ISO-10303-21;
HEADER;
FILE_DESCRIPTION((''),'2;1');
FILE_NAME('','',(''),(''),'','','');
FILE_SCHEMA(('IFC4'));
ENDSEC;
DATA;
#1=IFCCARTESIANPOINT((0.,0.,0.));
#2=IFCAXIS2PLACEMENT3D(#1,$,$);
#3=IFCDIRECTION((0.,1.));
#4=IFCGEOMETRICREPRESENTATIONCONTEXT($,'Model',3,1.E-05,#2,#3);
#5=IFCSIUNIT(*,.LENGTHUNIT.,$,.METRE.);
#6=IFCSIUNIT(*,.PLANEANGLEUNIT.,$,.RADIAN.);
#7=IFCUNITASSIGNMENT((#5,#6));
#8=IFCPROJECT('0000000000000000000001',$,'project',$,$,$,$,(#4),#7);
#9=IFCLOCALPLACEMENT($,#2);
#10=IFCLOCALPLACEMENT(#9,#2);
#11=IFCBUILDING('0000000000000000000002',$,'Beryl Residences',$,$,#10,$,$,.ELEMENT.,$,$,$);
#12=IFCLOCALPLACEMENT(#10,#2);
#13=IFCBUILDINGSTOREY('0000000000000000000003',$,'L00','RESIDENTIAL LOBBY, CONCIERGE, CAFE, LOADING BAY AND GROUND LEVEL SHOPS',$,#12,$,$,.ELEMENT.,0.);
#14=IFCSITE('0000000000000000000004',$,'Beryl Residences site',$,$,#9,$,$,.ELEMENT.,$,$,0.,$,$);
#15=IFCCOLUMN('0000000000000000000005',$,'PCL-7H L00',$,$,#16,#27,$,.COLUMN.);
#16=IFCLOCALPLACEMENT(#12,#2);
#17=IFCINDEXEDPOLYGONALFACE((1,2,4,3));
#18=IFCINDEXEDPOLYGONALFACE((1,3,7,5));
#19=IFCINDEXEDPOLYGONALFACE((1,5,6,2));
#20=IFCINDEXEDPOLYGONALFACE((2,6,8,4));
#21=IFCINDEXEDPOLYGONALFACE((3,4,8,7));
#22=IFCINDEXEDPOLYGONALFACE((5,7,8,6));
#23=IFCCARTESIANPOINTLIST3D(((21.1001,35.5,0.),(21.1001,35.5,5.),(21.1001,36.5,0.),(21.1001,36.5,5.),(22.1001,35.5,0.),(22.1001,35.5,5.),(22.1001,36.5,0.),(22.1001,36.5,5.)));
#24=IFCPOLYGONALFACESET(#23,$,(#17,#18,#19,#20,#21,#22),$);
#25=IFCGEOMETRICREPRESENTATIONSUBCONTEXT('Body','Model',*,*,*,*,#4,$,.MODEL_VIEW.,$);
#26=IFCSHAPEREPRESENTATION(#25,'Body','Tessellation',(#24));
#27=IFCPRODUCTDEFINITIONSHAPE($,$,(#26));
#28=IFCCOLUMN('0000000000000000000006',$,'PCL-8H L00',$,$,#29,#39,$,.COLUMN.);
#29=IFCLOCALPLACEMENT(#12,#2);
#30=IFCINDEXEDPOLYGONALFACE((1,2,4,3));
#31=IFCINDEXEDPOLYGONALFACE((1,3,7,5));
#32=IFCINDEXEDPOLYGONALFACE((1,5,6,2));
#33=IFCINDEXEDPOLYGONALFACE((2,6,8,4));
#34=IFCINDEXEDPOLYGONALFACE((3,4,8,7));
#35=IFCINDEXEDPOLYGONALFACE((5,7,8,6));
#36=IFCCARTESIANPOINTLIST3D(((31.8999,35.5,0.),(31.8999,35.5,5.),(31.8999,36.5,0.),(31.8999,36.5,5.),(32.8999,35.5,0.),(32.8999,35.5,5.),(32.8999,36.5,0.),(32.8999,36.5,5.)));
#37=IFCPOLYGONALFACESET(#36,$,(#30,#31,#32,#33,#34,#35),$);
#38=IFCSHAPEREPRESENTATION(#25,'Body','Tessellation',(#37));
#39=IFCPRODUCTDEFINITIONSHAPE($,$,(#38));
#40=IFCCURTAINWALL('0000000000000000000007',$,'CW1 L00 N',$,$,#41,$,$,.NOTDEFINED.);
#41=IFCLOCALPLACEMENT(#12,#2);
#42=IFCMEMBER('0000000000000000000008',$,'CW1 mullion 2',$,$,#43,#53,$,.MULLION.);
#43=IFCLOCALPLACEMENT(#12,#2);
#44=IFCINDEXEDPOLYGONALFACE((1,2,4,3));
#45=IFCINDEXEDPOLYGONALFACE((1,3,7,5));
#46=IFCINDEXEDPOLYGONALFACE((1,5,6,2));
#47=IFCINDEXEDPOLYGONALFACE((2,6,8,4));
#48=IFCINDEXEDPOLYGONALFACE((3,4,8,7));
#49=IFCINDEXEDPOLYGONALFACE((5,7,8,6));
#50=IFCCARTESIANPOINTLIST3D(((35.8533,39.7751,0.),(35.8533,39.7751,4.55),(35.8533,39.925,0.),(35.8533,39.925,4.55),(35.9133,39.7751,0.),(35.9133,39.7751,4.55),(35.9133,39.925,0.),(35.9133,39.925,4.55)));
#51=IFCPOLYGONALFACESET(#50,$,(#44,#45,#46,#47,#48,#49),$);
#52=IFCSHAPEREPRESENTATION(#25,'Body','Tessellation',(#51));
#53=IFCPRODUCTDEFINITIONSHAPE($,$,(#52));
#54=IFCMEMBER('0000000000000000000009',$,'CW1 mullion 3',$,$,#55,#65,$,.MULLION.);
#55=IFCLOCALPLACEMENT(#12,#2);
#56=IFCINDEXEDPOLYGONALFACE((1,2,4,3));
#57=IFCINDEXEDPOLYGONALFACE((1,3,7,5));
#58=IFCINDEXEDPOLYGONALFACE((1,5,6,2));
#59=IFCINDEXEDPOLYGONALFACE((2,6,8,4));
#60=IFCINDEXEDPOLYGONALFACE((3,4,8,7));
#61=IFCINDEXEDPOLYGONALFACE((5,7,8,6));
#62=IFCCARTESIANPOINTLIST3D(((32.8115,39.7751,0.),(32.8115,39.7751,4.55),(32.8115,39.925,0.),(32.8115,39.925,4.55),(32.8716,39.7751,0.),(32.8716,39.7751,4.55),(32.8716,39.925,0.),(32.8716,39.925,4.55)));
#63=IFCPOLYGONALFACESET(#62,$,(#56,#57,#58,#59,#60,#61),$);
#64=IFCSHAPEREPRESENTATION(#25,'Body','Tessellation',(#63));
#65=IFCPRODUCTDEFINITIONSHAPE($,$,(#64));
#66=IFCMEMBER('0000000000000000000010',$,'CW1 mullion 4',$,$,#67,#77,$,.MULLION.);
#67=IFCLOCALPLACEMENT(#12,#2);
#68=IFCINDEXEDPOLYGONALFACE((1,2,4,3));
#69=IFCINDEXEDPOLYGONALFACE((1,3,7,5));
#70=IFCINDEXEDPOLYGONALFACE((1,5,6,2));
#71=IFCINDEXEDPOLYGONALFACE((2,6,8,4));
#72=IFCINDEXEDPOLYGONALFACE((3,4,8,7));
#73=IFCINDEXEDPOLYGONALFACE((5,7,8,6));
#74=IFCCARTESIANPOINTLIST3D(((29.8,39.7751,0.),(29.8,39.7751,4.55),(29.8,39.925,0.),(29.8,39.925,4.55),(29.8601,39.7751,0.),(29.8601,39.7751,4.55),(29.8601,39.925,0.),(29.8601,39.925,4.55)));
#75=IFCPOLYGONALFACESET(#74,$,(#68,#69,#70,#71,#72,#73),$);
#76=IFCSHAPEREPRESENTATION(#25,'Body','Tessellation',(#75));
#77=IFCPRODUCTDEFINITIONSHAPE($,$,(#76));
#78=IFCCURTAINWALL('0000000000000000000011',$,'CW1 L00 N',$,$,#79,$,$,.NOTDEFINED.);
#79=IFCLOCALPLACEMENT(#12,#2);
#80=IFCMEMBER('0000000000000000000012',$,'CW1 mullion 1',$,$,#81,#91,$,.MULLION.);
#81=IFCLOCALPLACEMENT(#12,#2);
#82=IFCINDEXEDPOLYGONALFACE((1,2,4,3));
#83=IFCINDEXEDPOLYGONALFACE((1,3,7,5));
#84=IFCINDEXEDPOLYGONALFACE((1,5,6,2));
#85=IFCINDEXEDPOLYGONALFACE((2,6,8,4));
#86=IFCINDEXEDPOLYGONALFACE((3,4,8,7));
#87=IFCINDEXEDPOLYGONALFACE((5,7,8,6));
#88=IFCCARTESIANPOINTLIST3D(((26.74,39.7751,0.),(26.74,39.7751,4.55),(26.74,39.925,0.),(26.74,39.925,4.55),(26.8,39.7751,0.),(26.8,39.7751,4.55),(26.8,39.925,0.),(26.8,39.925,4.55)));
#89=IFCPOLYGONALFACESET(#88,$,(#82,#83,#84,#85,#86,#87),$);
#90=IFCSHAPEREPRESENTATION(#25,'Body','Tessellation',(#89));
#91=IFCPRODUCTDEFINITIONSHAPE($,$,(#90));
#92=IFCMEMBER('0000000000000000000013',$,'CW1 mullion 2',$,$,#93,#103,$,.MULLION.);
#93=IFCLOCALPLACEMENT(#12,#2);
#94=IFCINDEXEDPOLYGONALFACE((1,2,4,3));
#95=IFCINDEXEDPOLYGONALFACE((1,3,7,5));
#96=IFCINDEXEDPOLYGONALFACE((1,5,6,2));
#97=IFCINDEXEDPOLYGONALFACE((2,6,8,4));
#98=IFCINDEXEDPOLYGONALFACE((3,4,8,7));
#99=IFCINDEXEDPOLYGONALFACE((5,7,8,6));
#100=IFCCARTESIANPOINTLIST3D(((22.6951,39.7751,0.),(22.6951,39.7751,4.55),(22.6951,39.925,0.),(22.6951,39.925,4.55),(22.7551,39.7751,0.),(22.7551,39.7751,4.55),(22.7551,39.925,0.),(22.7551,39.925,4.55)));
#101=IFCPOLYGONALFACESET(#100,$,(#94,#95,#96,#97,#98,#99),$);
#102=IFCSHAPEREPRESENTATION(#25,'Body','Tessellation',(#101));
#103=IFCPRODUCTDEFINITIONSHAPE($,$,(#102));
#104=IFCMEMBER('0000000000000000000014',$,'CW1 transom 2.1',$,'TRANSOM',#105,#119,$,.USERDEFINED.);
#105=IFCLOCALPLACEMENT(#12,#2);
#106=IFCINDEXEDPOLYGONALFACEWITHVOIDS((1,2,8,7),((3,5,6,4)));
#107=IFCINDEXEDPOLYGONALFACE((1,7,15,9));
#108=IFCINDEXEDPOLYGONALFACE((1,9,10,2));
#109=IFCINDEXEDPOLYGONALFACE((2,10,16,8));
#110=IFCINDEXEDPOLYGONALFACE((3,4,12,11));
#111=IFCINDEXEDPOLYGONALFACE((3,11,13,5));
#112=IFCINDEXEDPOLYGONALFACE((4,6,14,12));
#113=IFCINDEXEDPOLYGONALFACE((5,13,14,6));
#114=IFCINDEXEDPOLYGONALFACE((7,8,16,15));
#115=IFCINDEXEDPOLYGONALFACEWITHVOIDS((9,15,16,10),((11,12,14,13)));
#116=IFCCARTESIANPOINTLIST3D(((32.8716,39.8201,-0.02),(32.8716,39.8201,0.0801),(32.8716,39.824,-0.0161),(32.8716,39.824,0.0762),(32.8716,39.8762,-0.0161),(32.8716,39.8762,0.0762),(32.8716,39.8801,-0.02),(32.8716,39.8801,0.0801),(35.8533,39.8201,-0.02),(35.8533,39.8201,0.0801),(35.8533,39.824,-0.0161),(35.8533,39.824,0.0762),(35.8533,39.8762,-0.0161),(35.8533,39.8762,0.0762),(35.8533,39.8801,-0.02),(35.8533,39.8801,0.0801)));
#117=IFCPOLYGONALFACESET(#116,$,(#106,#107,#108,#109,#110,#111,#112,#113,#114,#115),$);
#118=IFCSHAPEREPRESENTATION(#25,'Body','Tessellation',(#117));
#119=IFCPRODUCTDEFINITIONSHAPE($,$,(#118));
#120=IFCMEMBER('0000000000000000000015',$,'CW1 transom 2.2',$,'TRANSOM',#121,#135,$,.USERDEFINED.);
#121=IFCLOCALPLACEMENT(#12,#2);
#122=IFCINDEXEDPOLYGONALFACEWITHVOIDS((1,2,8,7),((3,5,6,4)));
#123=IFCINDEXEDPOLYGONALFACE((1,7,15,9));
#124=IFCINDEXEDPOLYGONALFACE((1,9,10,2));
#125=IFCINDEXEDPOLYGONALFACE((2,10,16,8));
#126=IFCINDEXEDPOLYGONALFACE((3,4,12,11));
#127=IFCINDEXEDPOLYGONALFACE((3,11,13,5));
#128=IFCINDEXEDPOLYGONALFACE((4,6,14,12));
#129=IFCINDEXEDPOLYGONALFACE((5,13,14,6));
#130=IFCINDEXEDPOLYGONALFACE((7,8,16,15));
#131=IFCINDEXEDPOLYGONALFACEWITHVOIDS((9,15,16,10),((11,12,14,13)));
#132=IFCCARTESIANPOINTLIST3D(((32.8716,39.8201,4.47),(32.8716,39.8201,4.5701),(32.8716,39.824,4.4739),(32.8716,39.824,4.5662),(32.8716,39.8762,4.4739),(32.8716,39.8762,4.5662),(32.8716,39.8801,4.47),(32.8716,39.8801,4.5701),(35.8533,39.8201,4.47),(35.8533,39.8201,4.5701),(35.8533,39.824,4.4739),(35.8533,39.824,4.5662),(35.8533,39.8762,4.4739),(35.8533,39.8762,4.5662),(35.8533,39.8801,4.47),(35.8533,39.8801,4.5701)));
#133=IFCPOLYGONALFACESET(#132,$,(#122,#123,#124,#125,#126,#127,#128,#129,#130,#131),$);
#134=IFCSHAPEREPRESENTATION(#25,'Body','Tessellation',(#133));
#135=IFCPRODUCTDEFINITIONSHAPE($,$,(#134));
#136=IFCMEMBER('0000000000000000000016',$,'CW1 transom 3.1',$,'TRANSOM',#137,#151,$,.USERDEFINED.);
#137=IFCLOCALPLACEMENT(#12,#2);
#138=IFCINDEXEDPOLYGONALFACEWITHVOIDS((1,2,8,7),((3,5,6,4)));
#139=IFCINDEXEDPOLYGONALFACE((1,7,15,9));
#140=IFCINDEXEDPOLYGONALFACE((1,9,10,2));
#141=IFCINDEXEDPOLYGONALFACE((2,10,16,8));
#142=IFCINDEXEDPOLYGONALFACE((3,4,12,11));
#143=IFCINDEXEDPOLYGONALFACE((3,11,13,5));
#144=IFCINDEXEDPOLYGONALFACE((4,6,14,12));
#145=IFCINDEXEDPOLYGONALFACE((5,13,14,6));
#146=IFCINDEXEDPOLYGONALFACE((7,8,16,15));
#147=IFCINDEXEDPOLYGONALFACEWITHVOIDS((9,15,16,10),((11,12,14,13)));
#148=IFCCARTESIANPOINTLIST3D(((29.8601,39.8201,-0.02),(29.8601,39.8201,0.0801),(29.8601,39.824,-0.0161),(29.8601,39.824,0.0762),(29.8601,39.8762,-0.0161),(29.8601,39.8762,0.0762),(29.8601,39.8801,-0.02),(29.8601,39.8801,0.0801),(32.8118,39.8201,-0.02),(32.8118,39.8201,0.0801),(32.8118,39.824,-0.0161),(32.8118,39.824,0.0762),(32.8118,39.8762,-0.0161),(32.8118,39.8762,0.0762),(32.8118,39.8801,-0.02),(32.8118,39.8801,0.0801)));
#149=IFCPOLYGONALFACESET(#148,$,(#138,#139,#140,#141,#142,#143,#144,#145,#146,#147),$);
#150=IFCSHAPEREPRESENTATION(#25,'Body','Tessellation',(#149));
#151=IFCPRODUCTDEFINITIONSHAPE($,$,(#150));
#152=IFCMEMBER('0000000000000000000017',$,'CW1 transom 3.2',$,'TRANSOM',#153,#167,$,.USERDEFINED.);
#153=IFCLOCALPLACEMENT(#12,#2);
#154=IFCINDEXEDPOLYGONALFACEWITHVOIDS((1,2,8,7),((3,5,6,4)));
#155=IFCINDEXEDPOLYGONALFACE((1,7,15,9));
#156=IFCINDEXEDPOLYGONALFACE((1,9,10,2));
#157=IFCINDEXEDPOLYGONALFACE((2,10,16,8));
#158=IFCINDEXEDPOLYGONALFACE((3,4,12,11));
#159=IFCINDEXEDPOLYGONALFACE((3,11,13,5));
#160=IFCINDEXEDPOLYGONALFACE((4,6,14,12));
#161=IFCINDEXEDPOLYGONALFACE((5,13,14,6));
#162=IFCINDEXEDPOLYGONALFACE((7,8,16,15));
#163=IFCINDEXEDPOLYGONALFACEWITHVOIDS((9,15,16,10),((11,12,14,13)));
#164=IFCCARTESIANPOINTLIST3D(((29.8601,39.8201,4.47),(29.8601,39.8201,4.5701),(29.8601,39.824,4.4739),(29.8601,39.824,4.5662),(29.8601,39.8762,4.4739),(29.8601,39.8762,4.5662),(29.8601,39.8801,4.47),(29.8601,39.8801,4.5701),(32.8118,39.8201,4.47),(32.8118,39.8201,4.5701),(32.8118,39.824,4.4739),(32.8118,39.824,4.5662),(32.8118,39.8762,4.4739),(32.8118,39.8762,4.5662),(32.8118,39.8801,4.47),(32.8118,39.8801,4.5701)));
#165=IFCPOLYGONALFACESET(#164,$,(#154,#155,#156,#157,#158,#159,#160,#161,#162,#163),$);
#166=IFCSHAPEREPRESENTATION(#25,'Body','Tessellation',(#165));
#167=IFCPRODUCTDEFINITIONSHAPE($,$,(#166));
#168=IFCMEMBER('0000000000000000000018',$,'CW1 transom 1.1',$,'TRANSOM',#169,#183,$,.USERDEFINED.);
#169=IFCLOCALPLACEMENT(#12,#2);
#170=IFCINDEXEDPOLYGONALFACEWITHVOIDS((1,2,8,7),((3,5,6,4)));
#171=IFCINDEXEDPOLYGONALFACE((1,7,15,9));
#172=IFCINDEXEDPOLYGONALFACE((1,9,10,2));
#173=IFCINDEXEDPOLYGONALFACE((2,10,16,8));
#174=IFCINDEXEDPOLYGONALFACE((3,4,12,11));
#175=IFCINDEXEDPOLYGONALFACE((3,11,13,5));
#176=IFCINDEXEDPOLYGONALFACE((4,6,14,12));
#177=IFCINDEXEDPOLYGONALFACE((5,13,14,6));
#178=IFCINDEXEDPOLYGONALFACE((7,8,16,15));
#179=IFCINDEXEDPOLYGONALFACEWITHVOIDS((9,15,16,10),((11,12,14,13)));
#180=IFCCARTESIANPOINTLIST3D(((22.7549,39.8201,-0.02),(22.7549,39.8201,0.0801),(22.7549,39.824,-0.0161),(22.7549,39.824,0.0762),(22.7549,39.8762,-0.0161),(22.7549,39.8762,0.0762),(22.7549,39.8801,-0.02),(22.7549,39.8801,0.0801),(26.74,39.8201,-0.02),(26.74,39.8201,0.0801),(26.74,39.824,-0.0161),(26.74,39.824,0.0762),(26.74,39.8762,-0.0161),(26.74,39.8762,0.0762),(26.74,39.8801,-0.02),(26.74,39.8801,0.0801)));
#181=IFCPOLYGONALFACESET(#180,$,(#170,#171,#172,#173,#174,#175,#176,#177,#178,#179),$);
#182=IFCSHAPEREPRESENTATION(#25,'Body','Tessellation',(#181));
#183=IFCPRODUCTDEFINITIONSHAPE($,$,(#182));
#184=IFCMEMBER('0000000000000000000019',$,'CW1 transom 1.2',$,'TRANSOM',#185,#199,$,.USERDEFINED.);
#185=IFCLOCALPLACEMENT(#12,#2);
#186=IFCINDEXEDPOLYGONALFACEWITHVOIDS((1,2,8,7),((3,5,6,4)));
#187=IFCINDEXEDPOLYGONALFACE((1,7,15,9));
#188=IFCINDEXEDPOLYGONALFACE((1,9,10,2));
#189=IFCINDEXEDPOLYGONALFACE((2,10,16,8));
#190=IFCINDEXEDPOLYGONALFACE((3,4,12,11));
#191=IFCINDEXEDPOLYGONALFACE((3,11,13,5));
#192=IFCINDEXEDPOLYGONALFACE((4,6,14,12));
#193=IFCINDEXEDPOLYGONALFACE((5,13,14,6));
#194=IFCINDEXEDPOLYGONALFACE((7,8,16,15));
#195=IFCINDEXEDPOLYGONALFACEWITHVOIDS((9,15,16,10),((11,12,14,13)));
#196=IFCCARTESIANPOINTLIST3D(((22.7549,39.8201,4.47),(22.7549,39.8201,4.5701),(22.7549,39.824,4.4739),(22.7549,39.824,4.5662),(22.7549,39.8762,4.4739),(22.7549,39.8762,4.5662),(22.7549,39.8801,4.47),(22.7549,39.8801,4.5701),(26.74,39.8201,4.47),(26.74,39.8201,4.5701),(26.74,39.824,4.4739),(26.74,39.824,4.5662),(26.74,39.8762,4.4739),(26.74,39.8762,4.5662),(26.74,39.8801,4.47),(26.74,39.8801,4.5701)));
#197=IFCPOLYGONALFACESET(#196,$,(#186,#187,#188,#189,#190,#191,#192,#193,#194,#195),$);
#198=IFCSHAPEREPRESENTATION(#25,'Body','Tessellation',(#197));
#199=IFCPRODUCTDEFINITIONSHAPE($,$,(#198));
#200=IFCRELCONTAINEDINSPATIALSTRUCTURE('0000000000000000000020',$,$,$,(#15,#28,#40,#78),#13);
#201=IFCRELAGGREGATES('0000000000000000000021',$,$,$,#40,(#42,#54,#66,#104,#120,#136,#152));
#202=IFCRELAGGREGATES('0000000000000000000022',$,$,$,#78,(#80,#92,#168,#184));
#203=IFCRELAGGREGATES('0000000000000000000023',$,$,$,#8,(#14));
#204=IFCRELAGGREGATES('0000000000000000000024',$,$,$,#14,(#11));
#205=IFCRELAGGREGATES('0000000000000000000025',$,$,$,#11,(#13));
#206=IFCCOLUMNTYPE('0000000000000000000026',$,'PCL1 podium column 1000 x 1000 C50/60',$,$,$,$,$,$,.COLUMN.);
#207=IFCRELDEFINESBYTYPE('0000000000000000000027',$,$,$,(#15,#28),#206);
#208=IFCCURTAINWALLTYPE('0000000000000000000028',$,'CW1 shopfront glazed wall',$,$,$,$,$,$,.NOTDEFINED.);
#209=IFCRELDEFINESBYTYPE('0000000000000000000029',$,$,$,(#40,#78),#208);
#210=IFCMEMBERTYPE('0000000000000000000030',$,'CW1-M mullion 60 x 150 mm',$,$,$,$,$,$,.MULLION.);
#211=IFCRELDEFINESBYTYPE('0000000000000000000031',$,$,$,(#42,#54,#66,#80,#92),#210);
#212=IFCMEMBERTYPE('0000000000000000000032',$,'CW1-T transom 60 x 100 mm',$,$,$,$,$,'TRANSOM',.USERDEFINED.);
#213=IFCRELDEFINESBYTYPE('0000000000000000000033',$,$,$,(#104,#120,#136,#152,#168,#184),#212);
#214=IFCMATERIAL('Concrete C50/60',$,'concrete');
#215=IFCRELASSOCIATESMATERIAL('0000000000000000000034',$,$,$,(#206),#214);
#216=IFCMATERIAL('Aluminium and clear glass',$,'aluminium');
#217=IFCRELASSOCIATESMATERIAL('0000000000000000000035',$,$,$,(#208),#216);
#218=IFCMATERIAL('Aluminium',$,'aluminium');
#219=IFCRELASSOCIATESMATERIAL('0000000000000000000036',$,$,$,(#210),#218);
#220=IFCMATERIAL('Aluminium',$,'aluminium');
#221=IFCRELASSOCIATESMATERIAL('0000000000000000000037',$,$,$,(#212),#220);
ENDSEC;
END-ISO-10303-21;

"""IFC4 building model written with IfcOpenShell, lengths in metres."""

from ifc_helpers import new_model, si_unit, direction, frame, origin, origin_2d, place, context, subcontext, project, spatial, rectangle, hollow_rectangle, extrude, material, material_profile, profile_set, type_object, element, aggregate, save


model = new_model("IFC4")

# Units and contexts
model_context = context("Model", 3, precision=1e-05, world=origin(), true_north=direction((0.0, 1.0)))
body_context = subcontext(model_context, "Body", "Model", "MODEL_VIEW")
ifc_project = project(units=[si_unit("LENGTHUNIT", "METRE"), si_unit("PLANEANGLEUNIT", "RADIAN")], contexts=[model_context])

# Site, building, storey
site_placement = place(None, origin())
site = spatial("IfcSite", under=ifc_project, at=site_placement, Name="Beryl Residences site", CompositionType="ELEMENT", RefElevation=0.0)
building_placement = place(site_placement, origin())
building = spatial("IfcBuilding", under=site, at=building_placement, Name="Beryl Residences", CompositionType="ELEMENT")
storey_placement = place(building_placement, origin())
storey = spatial("IfcBuildingStorey", under=building, at=storey_placement, Name="L00", Description="RESIDENTIAL LOBBY, CONCIERGE, CAFE, LOADING BAY AND GROUND LEVEL SHOPS", CompositionType="ELEMENT", Elevation=0.0)

# Columns
ifc_material_1 = material(Name="Concrete C50/60", Category="concrete")
ifc_material_profile_1 = material_profile(ifc_material_1, rectangle(XDim=1.0, YDim=1.0, at=origin_2d()))
ifc_profile_set_1 = profile_set([ifc_material_profile_1], Name="Concrete C50/60")
column_type = type_object("IfcColumnType", Name="PCL1 podium column 1000 x 1000 C50/60", PredefinedType="COLUMN", material=ifc_profile_set_1)
for number, where, z_axis, x_axis, name in (
    (1, (21.6001, 36.0, 0.0), (0.0, 0.0, 1.0), (1.0, 0.0, 0.0), "PCL-7H L00"),
    (2, (32.3999, 36.0, 0.0), (0.0, 0.0, 1.0), (1.0, 0.0, 0.0), "PCL-8H L00"),
):
    element("IfcColumn", number, at=place(storey_placement, frame(where, z_axis=z_axis, x_axis=x_axis)), inside=storey, type_object=column_type, Name=name, PredefinedType="COLUMN", context=body_context, shape_type="SweptSolid", body=[
        extrude(rectangle(XDim=1.0, YDim=1.0, at=origin_2d()), origin(), (0.0, 0.0, 1.0), 5.0),
    ])

# Curtain walls, members
ifc_material_2 = material(Name="Aluminium and clear glass", Category="aluminium")
curtain_wall_type = type_object("IfcCurtainWallType", Name="CW1 shopfront glazed wall", PredefinedType="NOTDEFINED", material=ifc_material_2)
curtain_wall_1_placement = place(storey_placement, origin())
curtain_wall_1 = element("IfcCurtainWall", 3, at=curtain_wall_1_placement, inside=storey, type_object=curtain_wall_type, Name="CW1 L00 N", PredefinedType="NOTDEFINED")
ifc_material_3 = material(Name="Aluminium", Category="aluminium")
ifc_material_profile_2 = material_profile(ifc_material_3, rectangle(XDim=0.0601, YDim=0.1499, at=origin_2d()))
ifc_profile_set_2 = profile_set([ifc_material_profile_2], Name="Aluminium")
member_type_1 = type_object("IfcMemberType", Name="CW1-M mullion 60 x 150 mm", PredefinedType="MULLION", material=ifc_profile_set_2)
member_1_placement = place(storey_placement, frame((35.8833, 39.8501, 0.0), z_axis=(0.0, 0.0, 1.0), x_axis=(-1.0, 0.0, 0.0)))
member_1 = element("IfcMember", 4, at=member_1_placement, type_object=member_type_1, Name="CW1 mullion 2", PredefinedType="MULLION", context=body_context, shape_type="SweptSolid", body=[
    extrude(rectangle(XDim=0.0601, YDim=0.1499, at=origin_2d()), origin(), (0.0, 0.0, 1.0), 4.55),
])
member_2_placement = place(storey_placement, frame((32.8416, 39.8501, 0.0), z_axis=(0.0, 0.0, 1.0), x_axis=(-1.0, 0.0, 0.0)))
member_2 = element("IfcMember", 5, at=member_2_placement, type_object=member_type_1, Name="CW1 mullion 3", PredefinedType="MULLION", context=body_context, shape_type="SweptSolid", body=[
    extrude(rectangle(XDim=0.0601, YDim=0.1499, at=origin_2d()), origin(), (0.0, 0.0, 1.0), 4.55),
])
member_3_placement = place(storey_placement, frame((29.8301, 39.8501, 0.0), z_axis=(0.0, 0.0, 1.0), x_axis=(-1.0, 0.0, 0.0)))
member_3 = element("IfcMember", 6, at=member_3_placement, type_object=member_type_1, Name="CW1 mullion 4", PredefinedType="MULLION", context=body_context, shape_type="SweptSolid", body=[
    extrude(rectangle(XDim=0.0601, YDim=0.1499, at=origin_2d()), origin(), (0.0, 0.0, 1.0), 4.55),
])
curtain_wall_2_placement = place(storey_placement, origin())
curtain_wall_2 = element("IfcCurtainWall", 7, at=curtain_wall_2_placement, inside=storey, type_object=curtain_wall_type, Name="CW1 L00 N", PredefinedType="NOTDEFINED")
member_4_placement = place(storey_placement, frame((26.77, 39.8501, 0.0), z_axis=(0.0, 0.0, 1.0), x_axis=(-1.0, 0.0, 0.0)))
member_4 = element("IfcMember", 8, at=member_4_placement, type_object=member_type_1, Name="CW1 mullion 1", PredefinedType="MULLION", context=body_context, shape_type="SweptSolid", body=[
    extrude(rectangle(XDim=0.0601, YDim=0.1499, at=origin_2d()), origin(), (0.0, 0.0, 1.0), 4.55),
])
member_5_placement = place(storey_placement, frame((22.7251, 39.8501, 0.0), z_axis=(0.0, 0.0, 1.0), x_axis=(-1.0, 0.0, 0.0)))
member_5 = element("IfcMember", 9, at=member_5_placement, type_object=member_type_1, Name="CW1 mullion 2", PredefinedType="MULLION", context=body_context, shape_type="SweptSolid", body=[
    extrude(rectangle(XDim=0.0601, YDim=0.1499, at=origin_2d()), origin(), (0.0, 0.0, 1.0), 4.55),
])

# Members
ifc_material_4 = material(Name="Aluminium", Category="aluminium")
ifc_material_profile_3 = material_profile(ifc_material_4, hollow_rectangle(XDim=0.0601, YDim=0.1001, WallThickness=0.0039, at=origin_2d()))
ifc_profile_set_3 = profile_set([ifc_material_profile_3], Name="Aluminium")
member_type_2 = type_object("IfcMemberType", Name="CW1-T transom 60 x 100 mm", ElementType="TRANSOM", PredefinedType="USERDEFINED", material=ifc_profile_set_3)
member_6_placement = place(storey_placement, frame((35.8533, 39.8501, 0.03), z_axis=(-1.0, 0.0, 0.0), x_axis=(0.0, -1.0, 0.0)))
member_6 = element("IfcMember", 10, at=member_6_placement, type_object=member_type_2, Name="CW1 transom 2.1", ObjectType="TRANSOM", PredefinedType="USERDEFINED", context=body_context, shape_type="SweptSolid", body=[
    extrude(hollow_rectangle(XDim=0.0601, YDim=0.1001, WallThickness=0.0039, at=origin_2d()), origin(), (0.0, 0.0, 1.0), 2.9817),
])
member_7_placement = place(storey_placement, frame((35.8533, 39.8501, 4.52), z_axis=(-1.0, 0.0, 0.0), x_axis=(0.0, -1.0, 0.0)))
member_7 = element("IfcMember", 11, at=member_7_placement, type_object=member_type_2, Name="CW1 transom 2.2", ObjectType="TRANSOM", PredefinedType="USERDEFINED", context=body_context, shape_type="SweptSolid", body=[
    extrude(hollow_rectangle(XDim=0.0601, YDim=0.1001, WallThickness=0.0039, at=origin_2d()), origin(), (0.0, 0.0, 1.0), 2.9817),
])
member_8_placement = place(storey_placement, frame((32.8118, 39.8501, 0.03), z_axis=(-1.0, 0.0, 0.0), x_axis=(0.0, -1.0, 0.0)))
member_8 = element("IfcMember", 12, at=member_8_placement, type_object=member_type_2, Name="CW1 transom 3.1", ObjectType="TRANSOM", PredefinedType="USERDEFINED", context=body_context, shape_type="SweptSolid", body=[
    extrude(hollow_rectangle(XDim=0.0601, YDim=0.1001, WallThickness=0.0039, at=origin_2d()), origin(), (0.0, 0.0, 1.0), 2.9517),
])
member_9_placement = place(storey_placement, frame((32.8118, 39.8501, 4.52), z_axis=(-1.0, 0.0, 0.0), x_axis=(0.0, -1.0, 0.0)))
member_9 = element("IfcMember", 13, at=member_9_placement, type_object=member_type_2, Name="CW1 transom 3.2", ObjectType="TRANSOM", PredefinedType="USERDEFINED", context=body_context, shape_type="SweptSolid", body=[
    extrude(hollow_rectangle(XDim=0.0601, YDim=0.1001, WallThickness=0.0039, at=origin_2d()), origin(), (0.0, 0.0, 1.0), 2.9517),
])
member_10_placement = place(storey_placement, frame((26.74, 39.8501, 0.03), z_axis=(-1.0, 0.0, 0.0), x_axis=(0.0, -1.0, 0.0)))
member_10 = element("IfcMember", 14, at=member_10_placement, type_object=member_type_2, Name="CW1 transom 1.1", ObjectType="TRANSOM", PredefinedType="USERDEFINED", context=body_context, shape_type="SweptSolid", body=[
    extrude(hollow_rectangle(XDim=0.0601, YDim=0.1001, WallThickness=0.0039, at=origin_2d()), origin(), (0.0, 0.0, 1.0), 3.9851),
])
member_11_placement = place(storey_placement, frame((26.74, 39.8501, 4.52), z_axis=(-1.0, 0.0, 0.0), x_axis=(0.0, -1.0, 0.0)))
member_11 = element("IfcMember", 15, at=member_11_placement, type_object=member_type_2, Name="CW1 transom 1.2", ObjectType="TRANSOM", PredefinedType="USERDEFINED", context=body_context, shape_type="SweptSolid", body=[
    extrude(hollow_rectangle(XDim=0.0601, YDim=0.1001, WallThickness=0.0039, at=origin_2d()), origin(), (0.0, 0.0, 1.0), 3.9851),
])

aggregate(curtain_wall_1, [member_1, member_2, member_3, member_6, member_7, member_8, member_9])
aggregate(curtain_wall_2, [member_4, member_5, member_10, member_11])

save(model, "model.ifc")
